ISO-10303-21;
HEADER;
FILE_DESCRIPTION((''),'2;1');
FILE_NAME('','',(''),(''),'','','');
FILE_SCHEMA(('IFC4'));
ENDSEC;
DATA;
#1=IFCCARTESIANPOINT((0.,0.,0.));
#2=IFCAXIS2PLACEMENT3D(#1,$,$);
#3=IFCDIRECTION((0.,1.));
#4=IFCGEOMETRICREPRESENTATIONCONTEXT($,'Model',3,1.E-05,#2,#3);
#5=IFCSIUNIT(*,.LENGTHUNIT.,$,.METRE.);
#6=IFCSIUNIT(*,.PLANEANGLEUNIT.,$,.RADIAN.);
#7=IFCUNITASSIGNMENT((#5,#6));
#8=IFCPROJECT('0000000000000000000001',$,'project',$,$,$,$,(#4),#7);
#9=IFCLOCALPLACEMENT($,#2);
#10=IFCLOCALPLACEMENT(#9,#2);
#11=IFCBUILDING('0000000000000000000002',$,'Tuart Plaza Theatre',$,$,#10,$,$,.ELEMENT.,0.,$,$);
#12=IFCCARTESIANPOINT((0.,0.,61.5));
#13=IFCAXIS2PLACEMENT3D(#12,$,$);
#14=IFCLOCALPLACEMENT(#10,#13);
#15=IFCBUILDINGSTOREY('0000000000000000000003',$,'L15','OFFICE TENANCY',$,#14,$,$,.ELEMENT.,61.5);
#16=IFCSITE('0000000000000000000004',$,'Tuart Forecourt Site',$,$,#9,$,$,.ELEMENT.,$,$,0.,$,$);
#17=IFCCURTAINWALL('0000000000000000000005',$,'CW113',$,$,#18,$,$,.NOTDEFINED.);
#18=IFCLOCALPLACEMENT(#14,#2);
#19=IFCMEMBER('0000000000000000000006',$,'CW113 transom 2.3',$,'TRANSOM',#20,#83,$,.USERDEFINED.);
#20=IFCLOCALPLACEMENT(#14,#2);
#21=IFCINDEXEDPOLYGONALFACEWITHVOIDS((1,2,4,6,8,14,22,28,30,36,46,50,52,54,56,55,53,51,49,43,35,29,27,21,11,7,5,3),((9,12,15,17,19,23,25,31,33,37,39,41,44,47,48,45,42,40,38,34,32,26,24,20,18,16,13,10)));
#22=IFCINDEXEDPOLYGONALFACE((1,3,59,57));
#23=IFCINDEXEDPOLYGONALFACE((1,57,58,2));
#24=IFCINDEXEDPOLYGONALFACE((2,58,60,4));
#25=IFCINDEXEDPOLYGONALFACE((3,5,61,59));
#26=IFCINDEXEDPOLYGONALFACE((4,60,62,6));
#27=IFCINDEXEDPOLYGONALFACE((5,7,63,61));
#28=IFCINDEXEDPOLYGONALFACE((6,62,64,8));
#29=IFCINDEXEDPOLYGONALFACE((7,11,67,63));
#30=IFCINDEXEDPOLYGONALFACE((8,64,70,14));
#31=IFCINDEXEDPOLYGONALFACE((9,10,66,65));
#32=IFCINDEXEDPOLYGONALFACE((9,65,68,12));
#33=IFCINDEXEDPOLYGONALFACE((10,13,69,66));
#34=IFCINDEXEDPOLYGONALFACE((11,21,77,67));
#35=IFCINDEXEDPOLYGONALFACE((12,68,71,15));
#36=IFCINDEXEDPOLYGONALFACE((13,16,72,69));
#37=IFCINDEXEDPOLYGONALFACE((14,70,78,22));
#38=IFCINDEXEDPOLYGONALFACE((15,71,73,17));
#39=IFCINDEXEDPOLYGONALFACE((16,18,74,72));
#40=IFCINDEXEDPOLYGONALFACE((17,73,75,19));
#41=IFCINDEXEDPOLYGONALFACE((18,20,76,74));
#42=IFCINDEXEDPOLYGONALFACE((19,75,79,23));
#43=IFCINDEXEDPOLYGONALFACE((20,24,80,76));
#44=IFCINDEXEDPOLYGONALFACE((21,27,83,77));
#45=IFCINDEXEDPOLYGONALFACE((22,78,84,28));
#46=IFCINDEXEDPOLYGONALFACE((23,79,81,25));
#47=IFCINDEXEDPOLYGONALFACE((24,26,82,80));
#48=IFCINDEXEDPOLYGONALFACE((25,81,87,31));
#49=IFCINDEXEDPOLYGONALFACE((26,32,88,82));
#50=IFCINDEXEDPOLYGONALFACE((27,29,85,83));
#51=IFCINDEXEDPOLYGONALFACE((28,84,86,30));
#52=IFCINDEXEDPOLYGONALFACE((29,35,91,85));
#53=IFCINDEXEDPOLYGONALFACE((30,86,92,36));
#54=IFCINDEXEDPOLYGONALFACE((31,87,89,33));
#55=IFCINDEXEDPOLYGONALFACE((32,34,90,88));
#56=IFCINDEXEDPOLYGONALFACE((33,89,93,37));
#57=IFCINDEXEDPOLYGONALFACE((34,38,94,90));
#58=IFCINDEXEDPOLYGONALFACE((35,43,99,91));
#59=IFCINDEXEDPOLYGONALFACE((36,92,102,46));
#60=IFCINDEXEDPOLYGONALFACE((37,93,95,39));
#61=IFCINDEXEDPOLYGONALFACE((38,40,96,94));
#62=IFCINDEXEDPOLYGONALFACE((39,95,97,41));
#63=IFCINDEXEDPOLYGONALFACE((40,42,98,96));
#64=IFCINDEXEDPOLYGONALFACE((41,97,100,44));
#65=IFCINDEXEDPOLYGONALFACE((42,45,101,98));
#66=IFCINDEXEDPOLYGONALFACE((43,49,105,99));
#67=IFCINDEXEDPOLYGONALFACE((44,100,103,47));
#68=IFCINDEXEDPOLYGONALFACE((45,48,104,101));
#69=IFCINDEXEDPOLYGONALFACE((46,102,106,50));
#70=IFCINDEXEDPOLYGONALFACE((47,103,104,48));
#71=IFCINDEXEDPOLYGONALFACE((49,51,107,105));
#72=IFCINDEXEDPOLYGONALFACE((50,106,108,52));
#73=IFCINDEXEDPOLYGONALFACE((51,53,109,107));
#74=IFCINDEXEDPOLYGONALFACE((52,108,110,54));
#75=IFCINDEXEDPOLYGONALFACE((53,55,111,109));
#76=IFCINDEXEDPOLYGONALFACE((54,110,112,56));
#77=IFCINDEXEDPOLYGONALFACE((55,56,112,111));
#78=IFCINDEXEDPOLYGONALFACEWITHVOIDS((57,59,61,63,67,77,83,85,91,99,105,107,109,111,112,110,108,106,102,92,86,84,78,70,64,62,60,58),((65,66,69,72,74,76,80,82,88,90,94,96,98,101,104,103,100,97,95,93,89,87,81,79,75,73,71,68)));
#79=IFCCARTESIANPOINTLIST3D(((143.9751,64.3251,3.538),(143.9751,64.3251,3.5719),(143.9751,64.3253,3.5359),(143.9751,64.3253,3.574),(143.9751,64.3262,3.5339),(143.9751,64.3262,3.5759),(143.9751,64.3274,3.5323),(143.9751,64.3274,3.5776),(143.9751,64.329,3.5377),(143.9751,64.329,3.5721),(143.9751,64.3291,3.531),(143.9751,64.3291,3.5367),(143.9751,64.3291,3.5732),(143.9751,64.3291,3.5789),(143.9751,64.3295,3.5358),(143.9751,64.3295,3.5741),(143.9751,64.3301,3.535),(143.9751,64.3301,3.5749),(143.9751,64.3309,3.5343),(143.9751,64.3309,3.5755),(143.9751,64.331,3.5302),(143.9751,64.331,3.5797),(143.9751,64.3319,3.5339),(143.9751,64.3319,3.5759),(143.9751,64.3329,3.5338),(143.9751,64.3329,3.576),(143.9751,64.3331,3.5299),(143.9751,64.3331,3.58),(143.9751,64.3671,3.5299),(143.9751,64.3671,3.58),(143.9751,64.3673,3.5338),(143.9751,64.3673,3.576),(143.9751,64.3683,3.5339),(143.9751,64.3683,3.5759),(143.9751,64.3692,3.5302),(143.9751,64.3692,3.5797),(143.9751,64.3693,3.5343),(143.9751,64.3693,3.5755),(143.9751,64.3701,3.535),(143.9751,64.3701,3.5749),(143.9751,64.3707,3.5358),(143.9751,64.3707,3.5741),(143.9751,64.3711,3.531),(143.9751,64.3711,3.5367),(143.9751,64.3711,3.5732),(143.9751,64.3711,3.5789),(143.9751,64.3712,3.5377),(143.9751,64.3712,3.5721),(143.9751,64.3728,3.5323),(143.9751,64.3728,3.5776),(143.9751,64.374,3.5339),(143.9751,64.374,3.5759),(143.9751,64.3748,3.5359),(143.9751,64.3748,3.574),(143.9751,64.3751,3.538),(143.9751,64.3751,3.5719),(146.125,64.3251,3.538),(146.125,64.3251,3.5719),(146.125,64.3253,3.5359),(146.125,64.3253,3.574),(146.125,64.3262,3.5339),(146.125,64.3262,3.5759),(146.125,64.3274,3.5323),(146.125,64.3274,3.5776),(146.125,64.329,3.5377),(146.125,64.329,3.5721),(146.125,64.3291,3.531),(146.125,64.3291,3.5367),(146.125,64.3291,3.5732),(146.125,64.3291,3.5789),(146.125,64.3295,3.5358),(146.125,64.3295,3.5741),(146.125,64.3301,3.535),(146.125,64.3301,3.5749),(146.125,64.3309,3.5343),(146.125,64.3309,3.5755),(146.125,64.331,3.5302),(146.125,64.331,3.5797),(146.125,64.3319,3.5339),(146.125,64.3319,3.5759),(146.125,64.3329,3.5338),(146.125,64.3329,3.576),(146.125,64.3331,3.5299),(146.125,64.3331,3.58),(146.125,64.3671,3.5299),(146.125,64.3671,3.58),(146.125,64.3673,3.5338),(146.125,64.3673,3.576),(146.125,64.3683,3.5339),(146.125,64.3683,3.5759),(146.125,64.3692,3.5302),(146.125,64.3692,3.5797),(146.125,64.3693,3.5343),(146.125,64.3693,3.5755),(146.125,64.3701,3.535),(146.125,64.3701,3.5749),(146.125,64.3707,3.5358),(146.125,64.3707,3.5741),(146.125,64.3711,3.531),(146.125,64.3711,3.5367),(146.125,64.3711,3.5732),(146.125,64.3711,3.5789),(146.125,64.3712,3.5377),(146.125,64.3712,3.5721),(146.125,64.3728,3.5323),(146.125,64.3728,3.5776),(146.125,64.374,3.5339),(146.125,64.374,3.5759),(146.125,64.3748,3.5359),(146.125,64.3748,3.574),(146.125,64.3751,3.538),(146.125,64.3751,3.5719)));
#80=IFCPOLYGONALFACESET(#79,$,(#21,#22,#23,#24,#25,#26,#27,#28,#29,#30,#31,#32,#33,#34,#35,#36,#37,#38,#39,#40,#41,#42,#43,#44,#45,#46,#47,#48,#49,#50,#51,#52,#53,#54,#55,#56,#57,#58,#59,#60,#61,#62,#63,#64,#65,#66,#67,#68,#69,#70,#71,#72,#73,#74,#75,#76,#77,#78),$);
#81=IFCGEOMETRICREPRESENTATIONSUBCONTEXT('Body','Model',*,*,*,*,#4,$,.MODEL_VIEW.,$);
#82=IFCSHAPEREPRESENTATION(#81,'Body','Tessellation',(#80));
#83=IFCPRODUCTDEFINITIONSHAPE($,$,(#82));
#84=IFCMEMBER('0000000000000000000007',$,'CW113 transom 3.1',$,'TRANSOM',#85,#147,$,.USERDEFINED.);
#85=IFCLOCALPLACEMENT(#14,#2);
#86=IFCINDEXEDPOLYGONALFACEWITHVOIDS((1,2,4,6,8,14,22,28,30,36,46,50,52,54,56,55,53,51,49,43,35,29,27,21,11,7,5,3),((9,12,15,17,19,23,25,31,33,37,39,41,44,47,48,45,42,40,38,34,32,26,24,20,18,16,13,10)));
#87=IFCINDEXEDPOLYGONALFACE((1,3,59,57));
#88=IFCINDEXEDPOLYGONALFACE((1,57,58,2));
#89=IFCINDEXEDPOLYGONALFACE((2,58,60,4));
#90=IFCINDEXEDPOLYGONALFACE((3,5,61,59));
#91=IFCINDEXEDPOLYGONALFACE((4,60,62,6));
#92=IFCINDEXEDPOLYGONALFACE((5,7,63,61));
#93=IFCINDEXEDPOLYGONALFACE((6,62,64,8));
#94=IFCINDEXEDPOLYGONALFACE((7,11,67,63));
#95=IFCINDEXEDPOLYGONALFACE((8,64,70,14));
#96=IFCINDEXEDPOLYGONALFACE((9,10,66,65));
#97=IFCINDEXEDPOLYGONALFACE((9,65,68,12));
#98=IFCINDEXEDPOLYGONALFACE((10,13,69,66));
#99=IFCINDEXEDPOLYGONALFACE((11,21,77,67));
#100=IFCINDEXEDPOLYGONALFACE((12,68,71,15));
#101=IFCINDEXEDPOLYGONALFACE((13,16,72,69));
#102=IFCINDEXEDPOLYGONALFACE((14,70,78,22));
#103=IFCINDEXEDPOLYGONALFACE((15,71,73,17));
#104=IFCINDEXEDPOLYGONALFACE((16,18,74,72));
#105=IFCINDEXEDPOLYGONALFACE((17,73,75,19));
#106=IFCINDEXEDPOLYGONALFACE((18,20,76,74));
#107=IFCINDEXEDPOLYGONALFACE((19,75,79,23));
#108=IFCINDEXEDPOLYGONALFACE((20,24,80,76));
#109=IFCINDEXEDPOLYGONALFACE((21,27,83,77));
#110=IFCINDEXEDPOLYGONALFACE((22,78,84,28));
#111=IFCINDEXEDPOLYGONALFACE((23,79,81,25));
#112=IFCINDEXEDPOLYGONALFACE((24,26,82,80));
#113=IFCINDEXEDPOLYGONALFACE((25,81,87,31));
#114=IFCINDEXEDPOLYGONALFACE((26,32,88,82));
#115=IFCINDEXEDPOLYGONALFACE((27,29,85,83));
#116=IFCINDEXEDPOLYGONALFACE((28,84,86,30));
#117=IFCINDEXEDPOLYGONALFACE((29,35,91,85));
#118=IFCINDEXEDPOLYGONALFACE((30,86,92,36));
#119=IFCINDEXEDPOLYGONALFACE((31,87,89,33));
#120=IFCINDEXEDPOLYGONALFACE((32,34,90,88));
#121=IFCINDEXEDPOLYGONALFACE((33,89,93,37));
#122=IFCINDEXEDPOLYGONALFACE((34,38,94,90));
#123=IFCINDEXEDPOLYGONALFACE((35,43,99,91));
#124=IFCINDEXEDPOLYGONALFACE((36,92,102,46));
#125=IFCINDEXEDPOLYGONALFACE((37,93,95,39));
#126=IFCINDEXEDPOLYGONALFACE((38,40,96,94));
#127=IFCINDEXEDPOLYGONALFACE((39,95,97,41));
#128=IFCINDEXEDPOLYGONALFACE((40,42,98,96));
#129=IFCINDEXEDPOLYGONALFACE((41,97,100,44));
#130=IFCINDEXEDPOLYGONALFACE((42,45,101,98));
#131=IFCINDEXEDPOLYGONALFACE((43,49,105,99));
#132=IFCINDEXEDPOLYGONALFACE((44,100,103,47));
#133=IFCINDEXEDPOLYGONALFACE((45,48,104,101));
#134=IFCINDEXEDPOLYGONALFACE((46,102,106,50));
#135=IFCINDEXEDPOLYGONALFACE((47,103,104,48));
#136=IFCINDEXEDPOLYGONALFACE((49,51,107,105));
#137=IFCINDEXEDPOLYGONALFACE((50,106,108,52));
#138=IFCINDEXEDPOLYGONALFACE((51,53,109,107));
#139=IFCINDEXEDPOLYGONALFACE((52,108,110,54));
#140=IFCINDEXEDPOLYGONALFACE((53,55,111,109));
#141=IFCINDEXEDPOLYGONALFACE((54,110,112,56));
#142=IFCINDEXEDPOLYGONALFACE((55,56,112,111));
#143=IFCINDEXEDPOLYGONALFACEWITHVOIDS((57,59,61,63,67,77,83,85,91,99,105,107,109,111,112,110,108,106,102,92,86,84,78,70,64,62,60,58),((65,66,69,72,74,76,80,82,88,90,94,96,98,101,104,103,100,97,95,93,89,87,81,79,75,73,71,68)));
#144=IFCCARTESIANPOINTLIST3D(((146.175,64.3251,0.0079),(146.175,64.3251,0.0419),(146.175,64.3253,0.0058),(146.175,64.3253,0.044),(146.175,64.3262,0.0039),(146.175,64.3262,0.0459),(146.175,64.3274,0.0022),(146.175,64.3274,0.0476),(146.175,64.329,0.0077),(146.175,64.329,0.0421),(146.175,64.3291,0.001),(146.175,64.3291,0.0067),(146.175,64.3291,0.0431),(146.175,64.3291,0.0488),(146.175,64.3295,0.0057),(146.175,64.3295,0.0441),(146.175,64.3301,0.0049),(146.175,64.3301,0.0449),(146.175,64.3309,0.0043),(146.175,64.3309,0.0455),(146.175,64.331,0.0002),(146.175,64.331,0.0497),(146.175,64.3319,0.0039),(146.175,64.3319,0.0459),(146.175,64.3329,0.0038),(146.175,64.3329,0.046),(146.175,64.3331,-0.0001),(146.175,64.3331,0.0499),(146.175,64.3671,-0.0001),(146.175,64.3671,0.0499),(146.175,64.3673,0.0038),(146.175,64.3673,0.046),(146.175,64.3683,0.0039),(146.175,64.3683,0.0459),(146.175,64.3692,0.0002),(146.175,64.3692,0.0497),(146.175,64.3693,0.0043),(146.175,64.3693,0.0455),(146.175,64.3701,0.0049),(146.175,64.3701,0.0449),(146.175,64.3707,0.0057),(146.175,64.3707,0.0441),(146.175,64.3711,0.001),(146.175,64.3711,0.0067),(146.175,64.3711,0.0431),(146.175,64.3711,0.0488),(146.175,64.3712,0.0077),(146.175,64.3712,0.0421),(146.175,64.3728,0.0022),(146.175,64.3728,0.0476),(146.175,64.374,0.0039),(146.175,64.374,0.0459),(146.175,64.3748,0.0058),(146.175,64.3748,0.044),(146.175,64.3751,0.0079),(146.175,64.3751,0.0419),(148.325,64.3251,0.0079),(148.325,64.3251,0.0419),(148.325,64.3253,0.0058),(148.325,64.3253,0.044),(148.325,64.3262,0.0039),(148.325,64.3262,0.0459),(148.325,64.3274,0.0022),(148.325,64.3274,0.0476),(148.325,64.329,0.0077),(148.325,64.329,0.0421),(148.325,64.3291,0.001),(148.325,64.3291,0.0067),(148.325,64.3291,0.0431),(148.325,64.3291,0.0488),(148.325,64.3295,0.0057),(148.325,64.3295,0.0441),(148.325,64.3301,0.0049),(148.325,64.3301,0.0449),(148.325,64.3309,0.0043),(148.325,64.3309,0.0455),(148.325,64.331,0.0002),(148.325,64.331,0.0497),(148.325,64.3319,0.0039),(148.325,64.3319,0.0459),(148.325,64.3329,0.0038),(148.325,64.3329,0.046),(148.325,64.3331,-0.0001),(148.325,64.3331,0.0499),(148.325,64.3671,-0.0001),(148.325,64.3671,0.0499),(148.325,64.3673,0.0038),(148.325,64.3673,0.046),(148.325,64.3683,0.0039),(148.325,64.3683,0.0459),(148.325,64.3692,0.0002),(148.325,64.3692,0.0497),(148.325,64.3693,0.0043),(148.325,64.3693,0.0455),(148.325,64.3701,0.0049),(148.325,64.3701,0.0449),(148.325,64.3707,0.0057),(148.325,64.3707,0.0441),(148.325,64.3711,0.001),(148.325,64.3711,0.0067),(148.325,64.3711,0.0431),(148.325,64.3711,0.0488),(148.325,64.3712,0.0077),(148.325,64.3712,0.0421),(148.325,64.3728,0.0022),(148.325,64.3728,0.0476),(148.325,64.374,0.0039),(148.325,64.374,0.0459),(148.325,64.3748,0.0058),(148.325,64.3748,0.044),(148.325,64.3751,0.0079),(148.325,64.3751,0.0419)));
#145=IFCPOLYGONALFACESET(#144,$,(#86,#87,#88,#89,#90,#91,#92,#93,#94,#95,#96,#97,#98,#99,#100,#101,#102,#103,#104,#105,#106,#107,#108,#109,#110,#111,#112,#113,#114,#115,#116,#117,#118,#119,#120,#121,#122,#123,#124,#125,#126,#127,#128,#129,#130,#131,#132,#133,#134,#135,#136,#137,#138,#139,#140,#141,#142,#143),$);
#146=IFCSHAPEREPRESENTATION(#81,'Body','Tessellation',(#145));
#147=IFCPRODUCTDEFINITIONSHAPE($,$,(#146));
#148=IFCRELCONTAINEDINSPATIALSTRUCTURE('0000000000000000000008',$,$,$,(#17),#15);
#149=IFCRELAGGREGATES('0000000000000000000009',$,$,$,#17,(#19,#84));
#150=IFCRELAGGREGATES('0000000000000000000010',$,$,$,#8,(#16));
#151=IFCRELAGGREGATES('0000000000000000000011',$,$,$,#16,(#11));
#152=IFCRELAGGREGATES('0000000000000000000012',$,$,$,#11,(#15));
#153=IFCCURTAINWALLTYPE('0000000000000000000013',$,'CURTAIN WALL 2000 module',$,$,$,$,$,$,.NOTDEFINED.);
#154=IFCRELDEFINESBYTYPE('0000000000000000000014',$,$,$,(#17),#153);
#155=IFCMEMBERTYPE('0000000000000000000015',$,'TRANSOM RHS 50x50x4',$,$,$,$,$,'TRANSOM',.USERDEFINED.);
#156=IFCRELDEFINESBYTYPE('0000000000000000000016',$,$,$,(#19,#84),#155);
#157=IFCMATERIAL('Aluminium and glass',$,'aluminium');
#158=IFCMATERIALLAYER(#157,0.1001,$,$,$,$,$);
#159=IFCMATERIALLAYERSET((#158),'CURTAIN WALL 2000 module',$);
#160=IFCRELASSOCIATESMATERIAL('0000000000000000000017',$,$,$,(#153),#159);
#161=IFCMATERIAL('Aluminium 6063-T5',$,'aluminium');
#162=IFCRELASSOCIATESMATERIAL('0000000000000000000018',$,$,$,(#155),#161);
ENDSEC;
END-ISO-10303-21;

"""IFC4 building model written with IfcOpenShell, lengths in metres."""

from ifc_helpers import new_model, si_unit, direction, frame, origin, origin_2d, place, context, subcontext, project, spatial, hollow_rectangle, extrude, material, layer, layer_set, material_profile, profile_set, type_object, element, aggregate, save


model = new_model("IFC4")

# Units and contexts
model_context = context("Model", 3, precision=1e-05, world=origin(), true_north=direction((0.0, 1.0)))
body_context = subcontext(model_context, "Body", "Model", "MODEL_VIEW")
ifc_project = project(units=[si_unit("LENGTHUNIT", "METRE"), si_unit("PLANEANGLEUNIT", "RADIAN")], contexts=[model_context])

# Site, building, storey
site_placement = place(None, origin())
site = spatial("IfcSite", under=ifc_project, at=site_placement, Name="Tuart Forecourt Site", CompositionType="ELEMENT", RefElevation=0.0)
building_placement = place(site_placement, origin())
building = spatial("IfcBuilding", under=site, at=building_placement, Name="Tuart Plaza Theatre", CompositionType="ELEMENT", ElevationOfRefHeight=0.0)
storey_placement = place(building_placement, frame((0.0, 0.0, 61.5)))
storey = spatial("IfcBuildingStorey", under=building, at=storey_placement, Name="L15", Description="OFFICE TENANCY", CompositionType="ELEMENT", Elevation=61.5)

# Curtain wall, members
ifc_material_1 = material(Name="Aluminium and glass", Category="aluminium")
ifc_layer_1 = layer(ifc_material_1, 0.1001)
ifc_layer_set_1 = layer_set([ifc_layer_1], Name="CURTAIN WALL 2000 module")
curtain_wall_type = type_object("IfcCurtainWallType", Name="CURTAIN WALL 2000 module", PredefinedType="NOTDEFINED", material=ifc_layer_set_1)
curtain_wall_placement = place(storey_placement, origin())
curtain_wall = element("IfcCurtainWall", 1, at=curtain_wall_placement, inside=storey, type_object=curtain_wall_type, Name="CW113", PredefinedType="NOTDEFINED")
ifc_material_2 = material(Name="Aluminium 6063-T5", Category="aluminium")
ifc_material_profile_1 = material_profile(ifc_material_2, hollow_rectangle(XDim=0.05, YDim=0.05, WallThickness=0.0039, InnerFilletRadius=0.0039, OuterFilletRadius=0.0081, at=origin_2d()), Name="RHS 50x50x4")
ifc_profile_set_1 = profile_set([ifc_material_profile_1], Name="Aluminium 6063-T5")
member_type_1 = type_object("IfcMemberType", Name="TRANSOM RHS 50x50x4", ElementType="TRANSOM", PredefinedType="USERDEFINED", material=ifc_profile_set_1)
member_1_placement = place(storey_placement, frame((143.9751, 64.3501, 3.5549), z_axis=(1.0, 0.0, 0.0), x_axis=(0.0, 1.0, 0.0)))
member_1 = element("IfcMember", 2, at=member_1_placement, type_object=member_type_1, Name="CW113 transom 2.3", ObjectType="TRANSOM", PredefinedType="USERDEFINED", context=body_context, shape_type="SweptSolid", body=[
    extrude(hollow_rectangle(XDim=0.05, YDim=0.05, WallThickness=0.0039, InnerFilletRadius=0.0039, OuterFilletRadius=0.0081, at=origin_2d()), origin(), (0.0, 0.0, 1.0), 2.1499),
])
member_2_placement = place(storey_placement, frame((146.175, 64.3501, 0.0249), z_axis=(1.0, 0.0, 0.0), x_axis=(0.0, 1.0, 0.0)))
member_2 = element("IfcMember", 3, at=member_2_placement, type_object=member_type_1, Name="CW113 transom 3.1", ObjectType="TRANSOM", PredefinedType="USERDEFINED", context=body_context, shape_type="SweptSolid", body=[
    extrude(hollow_rectangle(XDim=0.05, YDim=0.05, WallThickness=0.0039, InnerFilletRadius=0.0039, OuterFilletRadius=0.0081, at=origin_2d()), origin(), (0.0, 0.0, 1.0), 2.1499),
])
aggregate(curtain_wall, [member_1, member_2])

save(model, "model.ifc")
